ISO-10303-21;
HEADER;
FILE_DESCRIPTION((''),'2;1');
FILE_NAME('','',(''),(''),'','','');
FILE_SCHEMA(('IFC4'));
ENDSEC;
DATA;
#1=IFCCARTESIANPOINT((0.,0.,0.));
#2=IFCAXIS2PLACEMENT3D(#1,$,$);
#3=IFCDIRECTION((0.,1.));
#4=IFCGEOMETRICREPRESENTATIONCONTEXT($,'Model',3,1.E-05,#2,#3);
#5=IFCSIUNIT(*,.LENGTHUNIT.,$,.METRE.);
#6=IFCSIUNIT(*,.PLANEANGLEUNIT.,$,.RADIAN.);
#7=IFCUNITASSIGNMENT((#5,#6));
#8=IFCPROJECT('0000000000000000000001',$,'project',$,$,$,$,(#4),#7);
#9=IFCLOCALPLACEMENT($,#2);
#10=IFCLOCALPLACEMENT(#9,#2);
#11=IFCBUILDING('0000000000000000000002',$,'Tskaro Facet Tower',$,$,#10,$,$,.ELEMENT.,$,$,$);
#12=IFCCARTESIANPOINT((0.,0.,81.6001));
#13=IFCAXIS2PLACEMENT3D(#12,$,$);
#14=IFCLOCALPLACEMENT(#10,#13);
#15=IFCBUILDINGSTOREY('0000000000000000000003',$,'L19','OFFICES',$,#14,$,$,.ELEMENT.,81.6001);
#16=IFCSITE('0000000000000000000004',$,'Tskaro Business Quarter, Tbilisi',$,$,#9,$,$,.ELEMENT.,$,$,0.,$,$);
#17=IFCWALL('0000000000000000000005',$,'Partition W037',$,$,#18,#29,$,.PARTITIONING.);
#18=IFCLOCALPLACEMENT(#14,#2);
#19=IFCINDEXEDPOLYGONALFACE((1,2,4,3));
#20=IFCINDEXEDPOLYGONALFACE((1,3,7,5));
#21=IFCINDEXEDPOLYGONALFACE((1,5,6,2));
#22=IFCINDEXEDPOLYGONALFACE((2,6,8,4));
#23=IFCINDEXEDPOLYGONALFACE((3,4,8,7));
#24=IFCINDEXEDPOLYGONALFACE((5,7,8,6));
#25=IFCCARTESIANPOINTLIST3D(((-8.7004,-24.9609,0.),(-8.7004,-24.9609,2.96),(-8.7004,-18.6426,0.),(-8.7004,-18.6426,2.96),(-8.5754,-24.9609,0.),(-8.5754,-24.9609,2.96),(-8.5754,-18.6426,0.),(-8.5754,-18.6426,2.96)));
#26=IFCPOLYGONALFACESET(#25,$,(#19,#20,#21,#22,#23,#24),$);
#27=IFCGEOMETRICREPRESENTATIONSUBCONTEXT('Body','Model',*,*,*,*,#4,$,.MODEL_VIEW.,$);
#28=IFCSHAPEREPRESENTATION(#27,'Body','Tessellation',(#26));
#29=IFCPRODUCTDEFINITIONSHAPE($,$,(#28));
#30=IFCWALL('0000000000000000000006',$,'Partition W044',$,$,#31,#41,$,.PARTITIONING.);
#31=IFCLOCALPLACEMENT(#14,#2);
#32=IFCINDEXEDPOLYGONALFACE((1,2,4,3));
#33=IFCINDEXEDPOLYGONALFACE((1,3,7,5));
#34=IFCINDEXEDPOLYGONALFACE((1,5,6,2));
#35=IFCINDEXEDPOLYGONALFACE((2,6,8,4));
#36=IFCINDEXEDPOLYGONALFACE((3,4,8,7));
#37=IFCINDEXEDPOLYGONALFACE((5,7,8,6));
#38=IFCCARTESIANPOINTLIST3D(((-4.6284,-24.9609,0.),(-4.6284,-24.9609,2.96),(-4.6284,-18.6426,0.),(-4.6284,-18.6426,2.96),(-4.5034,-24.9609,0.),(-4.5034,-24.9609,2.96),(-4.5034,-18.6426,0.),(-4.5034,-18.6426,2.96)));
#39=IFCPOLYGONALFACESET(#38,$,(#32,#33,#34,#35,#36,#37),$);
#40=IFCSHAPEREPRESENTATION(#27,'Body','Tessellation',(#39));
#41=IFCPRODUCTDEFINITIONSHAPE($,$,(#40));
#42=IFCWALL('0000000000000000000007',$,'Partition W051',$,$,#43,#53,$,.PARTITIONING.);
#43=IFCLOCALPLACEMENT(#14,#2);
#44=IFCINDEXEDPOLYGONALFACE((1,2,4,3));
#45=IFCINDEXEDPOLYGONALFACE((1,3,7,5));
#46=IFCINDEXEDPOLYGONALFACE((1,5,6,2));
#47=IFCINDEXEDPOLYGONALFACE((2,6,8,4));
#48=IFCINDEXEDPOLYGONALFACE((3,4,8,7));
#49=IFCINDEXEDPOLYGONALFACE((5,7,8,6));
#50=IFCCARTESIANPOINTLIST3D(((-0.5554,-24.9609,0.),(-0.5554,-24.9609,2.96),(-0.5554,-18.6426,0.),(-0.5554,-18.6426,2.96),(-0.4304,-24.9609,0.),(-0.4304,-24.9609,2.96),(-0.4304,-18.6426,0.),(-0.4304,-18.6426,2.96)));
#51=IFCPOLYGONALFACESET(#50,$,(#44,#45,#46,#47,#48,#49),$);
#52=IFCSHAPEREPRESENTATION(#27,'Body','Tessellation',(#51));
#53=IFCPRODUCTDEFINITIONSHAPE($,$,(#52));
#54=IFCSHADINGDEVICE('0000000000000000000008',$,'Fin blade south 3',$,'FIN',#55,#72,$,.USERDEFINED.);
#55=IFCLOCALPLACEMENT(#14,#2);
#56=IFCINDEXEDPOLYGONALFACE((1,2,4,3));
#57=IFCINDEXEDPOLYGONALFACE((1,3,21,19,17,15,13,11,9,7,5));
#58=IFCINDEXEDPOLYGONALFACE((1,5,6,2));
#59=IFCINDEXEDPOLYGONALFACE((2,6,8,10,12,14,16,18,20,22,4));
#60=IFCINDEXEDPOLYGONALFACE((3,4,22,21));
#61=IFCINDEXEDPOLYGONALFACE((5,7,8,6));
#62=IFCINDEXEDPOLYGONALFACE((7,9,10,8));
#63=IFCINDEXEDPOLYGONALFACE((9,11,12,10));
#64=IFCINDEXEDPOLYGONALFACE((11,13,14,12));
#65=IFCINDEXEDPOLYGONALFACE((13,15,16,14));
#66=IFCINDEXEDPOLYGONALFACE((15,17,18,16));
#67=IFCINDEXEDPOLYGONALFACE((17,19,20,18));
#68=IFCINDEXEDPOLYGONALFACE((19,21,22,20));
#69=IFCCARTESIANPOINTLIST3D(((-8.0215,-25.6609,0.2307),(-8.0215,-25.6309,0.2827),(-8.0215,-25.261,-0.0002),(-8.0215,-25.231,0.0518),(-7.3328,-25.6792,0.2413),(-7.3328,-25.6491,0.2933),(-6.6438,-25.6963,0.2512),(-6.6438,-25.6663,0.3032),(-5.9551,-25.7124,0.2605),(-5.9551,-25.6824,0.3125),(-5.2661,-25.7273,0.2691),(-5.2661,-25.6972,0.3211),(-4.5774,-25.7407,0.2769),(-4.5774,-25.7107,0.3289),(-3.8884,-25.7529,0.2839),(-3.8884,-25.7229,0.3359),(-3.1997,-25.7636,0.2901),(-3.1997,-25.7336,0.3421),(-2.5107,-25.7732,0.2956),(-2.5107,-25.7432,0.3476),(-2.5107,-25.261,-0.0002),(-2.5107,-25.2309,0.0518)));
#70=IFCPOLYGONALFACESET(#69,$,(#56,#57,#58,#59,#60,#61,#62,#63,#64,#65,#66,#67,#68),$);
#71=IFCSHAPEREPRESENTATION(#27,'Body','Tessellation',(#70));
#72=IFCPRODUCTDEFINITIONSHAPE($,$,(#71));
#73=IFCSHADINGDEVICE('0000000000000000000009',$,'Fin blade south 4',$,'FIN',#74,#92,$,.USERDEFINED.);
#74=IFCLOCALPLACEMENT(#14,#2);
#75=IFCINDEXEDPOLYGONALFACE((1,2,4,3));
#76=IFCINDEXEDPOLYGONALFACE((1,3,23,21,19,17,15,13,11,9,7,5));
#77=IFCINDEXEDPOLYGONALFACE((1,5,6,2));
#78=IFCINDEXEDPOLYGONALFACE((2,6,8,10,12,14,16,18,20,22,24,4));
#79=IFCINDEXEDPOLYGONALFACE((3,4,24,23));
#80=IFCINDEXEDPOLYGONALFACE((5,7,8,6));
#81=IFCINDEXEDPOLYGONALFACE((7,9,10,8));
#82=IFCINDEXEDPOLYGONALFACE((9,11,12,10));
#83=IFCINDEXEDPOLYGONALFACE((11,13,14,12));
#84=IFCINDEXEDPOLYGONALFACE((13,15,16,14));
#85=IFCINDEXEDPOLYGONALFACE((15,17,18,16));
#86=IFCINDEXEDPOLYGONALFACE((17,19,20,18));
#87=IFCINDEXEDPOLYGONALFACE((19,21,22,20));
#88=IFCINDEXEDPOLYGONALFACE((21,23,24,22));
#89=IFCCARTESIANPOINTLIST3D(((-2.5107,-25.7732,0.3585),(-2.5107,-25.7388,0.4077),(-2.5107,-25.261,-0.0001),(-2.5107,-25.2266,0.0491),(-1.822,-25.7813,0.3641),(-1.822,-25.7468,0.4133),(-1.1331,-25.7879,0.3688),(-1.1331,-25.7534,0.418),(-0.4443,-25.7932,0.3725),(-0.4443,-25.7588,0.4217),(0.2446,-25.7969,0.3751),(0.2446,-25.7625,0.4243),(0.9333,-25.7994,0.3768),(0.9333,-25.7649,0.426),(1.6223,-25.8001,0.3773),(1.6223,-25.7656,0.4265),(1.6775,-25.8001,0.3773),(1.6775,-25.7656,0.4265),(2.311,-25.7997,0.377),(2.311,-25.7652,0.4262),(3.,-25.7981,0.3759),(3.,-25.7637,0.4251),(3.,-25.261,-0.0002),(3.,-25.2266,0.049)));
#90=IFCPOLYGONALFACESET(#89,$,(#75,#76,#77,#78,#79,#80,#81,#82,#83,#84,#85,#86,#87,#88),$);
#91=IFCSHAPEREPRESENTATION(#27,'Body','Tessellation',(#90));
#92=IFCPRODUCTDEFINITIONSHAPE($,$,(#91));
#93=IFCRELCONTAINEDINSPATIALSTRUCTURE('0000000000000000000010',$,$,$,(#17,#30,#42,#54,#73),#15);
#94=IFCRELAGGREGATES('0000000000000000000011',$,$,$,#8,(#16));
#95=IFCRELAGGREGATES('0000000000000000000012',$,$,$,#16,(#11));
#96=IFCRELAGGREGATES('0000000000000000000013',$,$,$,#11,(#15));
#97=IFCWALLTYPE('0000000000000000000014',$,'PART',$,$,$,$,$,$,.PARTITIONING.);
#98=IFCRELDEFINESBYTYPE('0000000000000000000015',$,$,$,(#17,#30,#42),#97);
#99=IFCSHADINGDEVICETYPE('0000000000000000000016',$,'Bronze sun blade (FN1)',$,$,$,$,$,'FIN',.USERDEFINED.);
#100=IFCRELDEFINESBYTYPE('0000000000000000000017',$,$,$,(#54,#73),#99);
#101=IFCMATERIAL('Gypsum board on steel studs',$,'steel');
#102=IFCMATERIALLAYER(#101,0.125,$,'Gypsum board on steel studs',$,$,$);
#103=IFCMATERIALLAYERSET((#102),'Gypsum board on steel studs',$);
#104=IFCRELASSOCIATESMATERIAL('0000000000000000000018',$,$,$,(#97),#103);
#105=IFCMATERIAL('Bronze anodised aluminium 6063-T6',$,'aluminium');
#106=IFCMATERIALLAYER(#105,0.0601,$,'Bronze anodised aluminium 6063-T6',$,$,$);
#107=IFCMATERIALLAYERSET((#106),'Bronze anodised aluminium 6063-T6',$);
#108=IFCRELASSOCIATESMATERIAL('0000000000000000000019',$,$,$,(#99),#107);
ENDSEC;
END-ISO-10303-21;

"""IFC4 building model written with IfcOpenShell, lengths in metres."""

from ifc_helpers import new_model, si_unit, direction, frame, frame_2d, origin, place, context, subcontext, project, spatial, polyline, rectangle, outline, extrude, material, layer, layer_set, type_object, element, save


model = new_model("IFC4")

# Units and contexts
model_context = context("Model", 3, precision=1e-05, world=origin(), true_north=direction((0.0, 1.0)))
body_context = subcontext(model_context, "Body", "Model", "MODEL_VIEW")
ifc_project = project(units=[si_unit("LENGTHUNIT", "METRE"), si_unit("PLANEANGLEUNIT", "RADIAN")], contexts=[model_context])

# Site, building, storey
site_placement = place(None, origin())
site = spatial("IfcSite", under=ifc_project, at=site_placement, Name="Tskaro Business Quarter, Tbilisi", CompositionType="ELEMENT", RefElevation=0.0)
building_placement = place(site_placement, origin())
building = spatial("IfcBuilding", under=site, at=building_placement, Name="Tskaro Facet Tower", CompositionType="ELEMENT")
storey_placement = place(building_placement, frame((0.0, 0.0, 81.6001)))
storey = spatial("IfcBuildingStorey", under=building, at=storey_placement, Name="L19", Description="OFFICES", CompositionType="ELEMENT", Elevation=81.6001)

# Shared definitions
ifc_material_1 = material(Name="Bronze anodised aluminium 6063-T6", Category="aluminium")

# Walls
ifc_material_2 = material(Name="Gypsum board on steel studs", Category="steel")
ifc_layer_1 = layer(ifc_material_2, 0.125, Name="Gypsum board on steel studs")
ifc_layer_set_1 = layer_set([ifc_layer_1], Name="Gypsum board on steel studs")
wall_type = type_object("IfcWallType", Name="PART", PredefinedType="PARTITIONING", material=ifc_layer_set_1)
for number, where, z_axis, x_axis, name in (
    (1, (-8.6379, -24.9609, 0.0), (0.0, 0.0, 1.0), (0.0, 1.0, 0.0), "Partition W037"),
    (2, (-4.5659, -24.9609, 0.0), (0.0, 0.0, 1.0), (0.0, 1.0, 0.0), "Partition W044"),
    (3, (-0.4929, -24.9609, 0.0), (0.0, 0.0, 1.0), (0.0, 1.0, 0.0), "Partition W051"),
):
    element("IfcWall", number, at=place(storey_placement, frame(where, z_axis=z_axis, x_axis=x_axis)), inside=storey, type_object=wall_type, Name=name, PredefinedType="PARTITIONING", context=body_context, shape_type="SweptSolid", body=[
        extrude(rectangle(XDim=6.3184, YDim=0.125, at=frame_2d((3.1592, 0.0))), origin(), (0.0, 0.0, 1.0), 2.96),
    ])

# Shading devices
ifc_layer_2 = layer(ifc_material_1, 0.0601, Name="Bronze anodised aluminium 6063-T6")
ifc_layer_set_2 = layer_set([ifc_layer_2], Name="Bronze anodised aluminium 6063-T6")
shading_device_type = type_object("IfcShadingDeviceType", Name="Bronze sun blade (FN1)", ElementType="FIN", PredefinedType="USERDEFINED", material=ifc_layer_set_2)
shading_device_1_placement = place(storey_placement, frame((-8.0215, -25.231, 0.0518), z_axis=(-0.000007, 0.500138, 0.865946), x_axis=(1.0, 0.000003, 0.000006)))
element("IfcShadingDevice", 4, at=shading_device_1_placement, inside=storey, type_object=shading_device_type, Name="Fin blade south 3", ObjectType="FIN", PredefinedType="USERDEFINED", context=body_context, shape_type="SweptSolid", body=[
    extrude(outline(polyline([(0.0, 0.0), (5.5107, 0.0), (5.5107, -0.5915), (4.8218, -0.5805), (4.1331, -0.5681), (3.4441, -0.554), (2.7554, -0.5385), (2.0664, -0.5213), (1.3777, -0.5027), (0.6887, -0.4829), (0.0, -0.4618), (0.0, 0.0)])), origin(), (0.0, 0.0, -1.0), 0.0601),
])
shading_device_2_placement = place(storey_placement, frame((-2.5107, -25.2266, 0.0491), z_axis=(0.000008, 0.57356, 0.819164), x_axis=(1.0, -0.000004, -0.000006)))
element("IfcShadingDevice", 5, at=shading_device_2_placement, inside=storey, type_object=shading_device_type, Name="Fin blade south 4", ObjectType="FIN", PredefinedType="USERDEFINED", context=body_context, shape_type="SweptSolid", body=[
    extrude(outline(polyline([(0.0, 0.0), (5.5107, 0.0), (5.5107, -0.6556), (4.8218, -0.6575), (4.1882, -0.6581), (4.1331, -0.6581), (3.4441, -0.6572), (2.7554, -0.6542), (2.0664, -0.6497), (1.3777, -0.6432), (0.6887, -0.6351), (0.0, -0.6253), (0.0, 0.0)])), origin(), (0.0, 0.0, -1.0), 0.0601),
])

save(model, "model.ifc")
